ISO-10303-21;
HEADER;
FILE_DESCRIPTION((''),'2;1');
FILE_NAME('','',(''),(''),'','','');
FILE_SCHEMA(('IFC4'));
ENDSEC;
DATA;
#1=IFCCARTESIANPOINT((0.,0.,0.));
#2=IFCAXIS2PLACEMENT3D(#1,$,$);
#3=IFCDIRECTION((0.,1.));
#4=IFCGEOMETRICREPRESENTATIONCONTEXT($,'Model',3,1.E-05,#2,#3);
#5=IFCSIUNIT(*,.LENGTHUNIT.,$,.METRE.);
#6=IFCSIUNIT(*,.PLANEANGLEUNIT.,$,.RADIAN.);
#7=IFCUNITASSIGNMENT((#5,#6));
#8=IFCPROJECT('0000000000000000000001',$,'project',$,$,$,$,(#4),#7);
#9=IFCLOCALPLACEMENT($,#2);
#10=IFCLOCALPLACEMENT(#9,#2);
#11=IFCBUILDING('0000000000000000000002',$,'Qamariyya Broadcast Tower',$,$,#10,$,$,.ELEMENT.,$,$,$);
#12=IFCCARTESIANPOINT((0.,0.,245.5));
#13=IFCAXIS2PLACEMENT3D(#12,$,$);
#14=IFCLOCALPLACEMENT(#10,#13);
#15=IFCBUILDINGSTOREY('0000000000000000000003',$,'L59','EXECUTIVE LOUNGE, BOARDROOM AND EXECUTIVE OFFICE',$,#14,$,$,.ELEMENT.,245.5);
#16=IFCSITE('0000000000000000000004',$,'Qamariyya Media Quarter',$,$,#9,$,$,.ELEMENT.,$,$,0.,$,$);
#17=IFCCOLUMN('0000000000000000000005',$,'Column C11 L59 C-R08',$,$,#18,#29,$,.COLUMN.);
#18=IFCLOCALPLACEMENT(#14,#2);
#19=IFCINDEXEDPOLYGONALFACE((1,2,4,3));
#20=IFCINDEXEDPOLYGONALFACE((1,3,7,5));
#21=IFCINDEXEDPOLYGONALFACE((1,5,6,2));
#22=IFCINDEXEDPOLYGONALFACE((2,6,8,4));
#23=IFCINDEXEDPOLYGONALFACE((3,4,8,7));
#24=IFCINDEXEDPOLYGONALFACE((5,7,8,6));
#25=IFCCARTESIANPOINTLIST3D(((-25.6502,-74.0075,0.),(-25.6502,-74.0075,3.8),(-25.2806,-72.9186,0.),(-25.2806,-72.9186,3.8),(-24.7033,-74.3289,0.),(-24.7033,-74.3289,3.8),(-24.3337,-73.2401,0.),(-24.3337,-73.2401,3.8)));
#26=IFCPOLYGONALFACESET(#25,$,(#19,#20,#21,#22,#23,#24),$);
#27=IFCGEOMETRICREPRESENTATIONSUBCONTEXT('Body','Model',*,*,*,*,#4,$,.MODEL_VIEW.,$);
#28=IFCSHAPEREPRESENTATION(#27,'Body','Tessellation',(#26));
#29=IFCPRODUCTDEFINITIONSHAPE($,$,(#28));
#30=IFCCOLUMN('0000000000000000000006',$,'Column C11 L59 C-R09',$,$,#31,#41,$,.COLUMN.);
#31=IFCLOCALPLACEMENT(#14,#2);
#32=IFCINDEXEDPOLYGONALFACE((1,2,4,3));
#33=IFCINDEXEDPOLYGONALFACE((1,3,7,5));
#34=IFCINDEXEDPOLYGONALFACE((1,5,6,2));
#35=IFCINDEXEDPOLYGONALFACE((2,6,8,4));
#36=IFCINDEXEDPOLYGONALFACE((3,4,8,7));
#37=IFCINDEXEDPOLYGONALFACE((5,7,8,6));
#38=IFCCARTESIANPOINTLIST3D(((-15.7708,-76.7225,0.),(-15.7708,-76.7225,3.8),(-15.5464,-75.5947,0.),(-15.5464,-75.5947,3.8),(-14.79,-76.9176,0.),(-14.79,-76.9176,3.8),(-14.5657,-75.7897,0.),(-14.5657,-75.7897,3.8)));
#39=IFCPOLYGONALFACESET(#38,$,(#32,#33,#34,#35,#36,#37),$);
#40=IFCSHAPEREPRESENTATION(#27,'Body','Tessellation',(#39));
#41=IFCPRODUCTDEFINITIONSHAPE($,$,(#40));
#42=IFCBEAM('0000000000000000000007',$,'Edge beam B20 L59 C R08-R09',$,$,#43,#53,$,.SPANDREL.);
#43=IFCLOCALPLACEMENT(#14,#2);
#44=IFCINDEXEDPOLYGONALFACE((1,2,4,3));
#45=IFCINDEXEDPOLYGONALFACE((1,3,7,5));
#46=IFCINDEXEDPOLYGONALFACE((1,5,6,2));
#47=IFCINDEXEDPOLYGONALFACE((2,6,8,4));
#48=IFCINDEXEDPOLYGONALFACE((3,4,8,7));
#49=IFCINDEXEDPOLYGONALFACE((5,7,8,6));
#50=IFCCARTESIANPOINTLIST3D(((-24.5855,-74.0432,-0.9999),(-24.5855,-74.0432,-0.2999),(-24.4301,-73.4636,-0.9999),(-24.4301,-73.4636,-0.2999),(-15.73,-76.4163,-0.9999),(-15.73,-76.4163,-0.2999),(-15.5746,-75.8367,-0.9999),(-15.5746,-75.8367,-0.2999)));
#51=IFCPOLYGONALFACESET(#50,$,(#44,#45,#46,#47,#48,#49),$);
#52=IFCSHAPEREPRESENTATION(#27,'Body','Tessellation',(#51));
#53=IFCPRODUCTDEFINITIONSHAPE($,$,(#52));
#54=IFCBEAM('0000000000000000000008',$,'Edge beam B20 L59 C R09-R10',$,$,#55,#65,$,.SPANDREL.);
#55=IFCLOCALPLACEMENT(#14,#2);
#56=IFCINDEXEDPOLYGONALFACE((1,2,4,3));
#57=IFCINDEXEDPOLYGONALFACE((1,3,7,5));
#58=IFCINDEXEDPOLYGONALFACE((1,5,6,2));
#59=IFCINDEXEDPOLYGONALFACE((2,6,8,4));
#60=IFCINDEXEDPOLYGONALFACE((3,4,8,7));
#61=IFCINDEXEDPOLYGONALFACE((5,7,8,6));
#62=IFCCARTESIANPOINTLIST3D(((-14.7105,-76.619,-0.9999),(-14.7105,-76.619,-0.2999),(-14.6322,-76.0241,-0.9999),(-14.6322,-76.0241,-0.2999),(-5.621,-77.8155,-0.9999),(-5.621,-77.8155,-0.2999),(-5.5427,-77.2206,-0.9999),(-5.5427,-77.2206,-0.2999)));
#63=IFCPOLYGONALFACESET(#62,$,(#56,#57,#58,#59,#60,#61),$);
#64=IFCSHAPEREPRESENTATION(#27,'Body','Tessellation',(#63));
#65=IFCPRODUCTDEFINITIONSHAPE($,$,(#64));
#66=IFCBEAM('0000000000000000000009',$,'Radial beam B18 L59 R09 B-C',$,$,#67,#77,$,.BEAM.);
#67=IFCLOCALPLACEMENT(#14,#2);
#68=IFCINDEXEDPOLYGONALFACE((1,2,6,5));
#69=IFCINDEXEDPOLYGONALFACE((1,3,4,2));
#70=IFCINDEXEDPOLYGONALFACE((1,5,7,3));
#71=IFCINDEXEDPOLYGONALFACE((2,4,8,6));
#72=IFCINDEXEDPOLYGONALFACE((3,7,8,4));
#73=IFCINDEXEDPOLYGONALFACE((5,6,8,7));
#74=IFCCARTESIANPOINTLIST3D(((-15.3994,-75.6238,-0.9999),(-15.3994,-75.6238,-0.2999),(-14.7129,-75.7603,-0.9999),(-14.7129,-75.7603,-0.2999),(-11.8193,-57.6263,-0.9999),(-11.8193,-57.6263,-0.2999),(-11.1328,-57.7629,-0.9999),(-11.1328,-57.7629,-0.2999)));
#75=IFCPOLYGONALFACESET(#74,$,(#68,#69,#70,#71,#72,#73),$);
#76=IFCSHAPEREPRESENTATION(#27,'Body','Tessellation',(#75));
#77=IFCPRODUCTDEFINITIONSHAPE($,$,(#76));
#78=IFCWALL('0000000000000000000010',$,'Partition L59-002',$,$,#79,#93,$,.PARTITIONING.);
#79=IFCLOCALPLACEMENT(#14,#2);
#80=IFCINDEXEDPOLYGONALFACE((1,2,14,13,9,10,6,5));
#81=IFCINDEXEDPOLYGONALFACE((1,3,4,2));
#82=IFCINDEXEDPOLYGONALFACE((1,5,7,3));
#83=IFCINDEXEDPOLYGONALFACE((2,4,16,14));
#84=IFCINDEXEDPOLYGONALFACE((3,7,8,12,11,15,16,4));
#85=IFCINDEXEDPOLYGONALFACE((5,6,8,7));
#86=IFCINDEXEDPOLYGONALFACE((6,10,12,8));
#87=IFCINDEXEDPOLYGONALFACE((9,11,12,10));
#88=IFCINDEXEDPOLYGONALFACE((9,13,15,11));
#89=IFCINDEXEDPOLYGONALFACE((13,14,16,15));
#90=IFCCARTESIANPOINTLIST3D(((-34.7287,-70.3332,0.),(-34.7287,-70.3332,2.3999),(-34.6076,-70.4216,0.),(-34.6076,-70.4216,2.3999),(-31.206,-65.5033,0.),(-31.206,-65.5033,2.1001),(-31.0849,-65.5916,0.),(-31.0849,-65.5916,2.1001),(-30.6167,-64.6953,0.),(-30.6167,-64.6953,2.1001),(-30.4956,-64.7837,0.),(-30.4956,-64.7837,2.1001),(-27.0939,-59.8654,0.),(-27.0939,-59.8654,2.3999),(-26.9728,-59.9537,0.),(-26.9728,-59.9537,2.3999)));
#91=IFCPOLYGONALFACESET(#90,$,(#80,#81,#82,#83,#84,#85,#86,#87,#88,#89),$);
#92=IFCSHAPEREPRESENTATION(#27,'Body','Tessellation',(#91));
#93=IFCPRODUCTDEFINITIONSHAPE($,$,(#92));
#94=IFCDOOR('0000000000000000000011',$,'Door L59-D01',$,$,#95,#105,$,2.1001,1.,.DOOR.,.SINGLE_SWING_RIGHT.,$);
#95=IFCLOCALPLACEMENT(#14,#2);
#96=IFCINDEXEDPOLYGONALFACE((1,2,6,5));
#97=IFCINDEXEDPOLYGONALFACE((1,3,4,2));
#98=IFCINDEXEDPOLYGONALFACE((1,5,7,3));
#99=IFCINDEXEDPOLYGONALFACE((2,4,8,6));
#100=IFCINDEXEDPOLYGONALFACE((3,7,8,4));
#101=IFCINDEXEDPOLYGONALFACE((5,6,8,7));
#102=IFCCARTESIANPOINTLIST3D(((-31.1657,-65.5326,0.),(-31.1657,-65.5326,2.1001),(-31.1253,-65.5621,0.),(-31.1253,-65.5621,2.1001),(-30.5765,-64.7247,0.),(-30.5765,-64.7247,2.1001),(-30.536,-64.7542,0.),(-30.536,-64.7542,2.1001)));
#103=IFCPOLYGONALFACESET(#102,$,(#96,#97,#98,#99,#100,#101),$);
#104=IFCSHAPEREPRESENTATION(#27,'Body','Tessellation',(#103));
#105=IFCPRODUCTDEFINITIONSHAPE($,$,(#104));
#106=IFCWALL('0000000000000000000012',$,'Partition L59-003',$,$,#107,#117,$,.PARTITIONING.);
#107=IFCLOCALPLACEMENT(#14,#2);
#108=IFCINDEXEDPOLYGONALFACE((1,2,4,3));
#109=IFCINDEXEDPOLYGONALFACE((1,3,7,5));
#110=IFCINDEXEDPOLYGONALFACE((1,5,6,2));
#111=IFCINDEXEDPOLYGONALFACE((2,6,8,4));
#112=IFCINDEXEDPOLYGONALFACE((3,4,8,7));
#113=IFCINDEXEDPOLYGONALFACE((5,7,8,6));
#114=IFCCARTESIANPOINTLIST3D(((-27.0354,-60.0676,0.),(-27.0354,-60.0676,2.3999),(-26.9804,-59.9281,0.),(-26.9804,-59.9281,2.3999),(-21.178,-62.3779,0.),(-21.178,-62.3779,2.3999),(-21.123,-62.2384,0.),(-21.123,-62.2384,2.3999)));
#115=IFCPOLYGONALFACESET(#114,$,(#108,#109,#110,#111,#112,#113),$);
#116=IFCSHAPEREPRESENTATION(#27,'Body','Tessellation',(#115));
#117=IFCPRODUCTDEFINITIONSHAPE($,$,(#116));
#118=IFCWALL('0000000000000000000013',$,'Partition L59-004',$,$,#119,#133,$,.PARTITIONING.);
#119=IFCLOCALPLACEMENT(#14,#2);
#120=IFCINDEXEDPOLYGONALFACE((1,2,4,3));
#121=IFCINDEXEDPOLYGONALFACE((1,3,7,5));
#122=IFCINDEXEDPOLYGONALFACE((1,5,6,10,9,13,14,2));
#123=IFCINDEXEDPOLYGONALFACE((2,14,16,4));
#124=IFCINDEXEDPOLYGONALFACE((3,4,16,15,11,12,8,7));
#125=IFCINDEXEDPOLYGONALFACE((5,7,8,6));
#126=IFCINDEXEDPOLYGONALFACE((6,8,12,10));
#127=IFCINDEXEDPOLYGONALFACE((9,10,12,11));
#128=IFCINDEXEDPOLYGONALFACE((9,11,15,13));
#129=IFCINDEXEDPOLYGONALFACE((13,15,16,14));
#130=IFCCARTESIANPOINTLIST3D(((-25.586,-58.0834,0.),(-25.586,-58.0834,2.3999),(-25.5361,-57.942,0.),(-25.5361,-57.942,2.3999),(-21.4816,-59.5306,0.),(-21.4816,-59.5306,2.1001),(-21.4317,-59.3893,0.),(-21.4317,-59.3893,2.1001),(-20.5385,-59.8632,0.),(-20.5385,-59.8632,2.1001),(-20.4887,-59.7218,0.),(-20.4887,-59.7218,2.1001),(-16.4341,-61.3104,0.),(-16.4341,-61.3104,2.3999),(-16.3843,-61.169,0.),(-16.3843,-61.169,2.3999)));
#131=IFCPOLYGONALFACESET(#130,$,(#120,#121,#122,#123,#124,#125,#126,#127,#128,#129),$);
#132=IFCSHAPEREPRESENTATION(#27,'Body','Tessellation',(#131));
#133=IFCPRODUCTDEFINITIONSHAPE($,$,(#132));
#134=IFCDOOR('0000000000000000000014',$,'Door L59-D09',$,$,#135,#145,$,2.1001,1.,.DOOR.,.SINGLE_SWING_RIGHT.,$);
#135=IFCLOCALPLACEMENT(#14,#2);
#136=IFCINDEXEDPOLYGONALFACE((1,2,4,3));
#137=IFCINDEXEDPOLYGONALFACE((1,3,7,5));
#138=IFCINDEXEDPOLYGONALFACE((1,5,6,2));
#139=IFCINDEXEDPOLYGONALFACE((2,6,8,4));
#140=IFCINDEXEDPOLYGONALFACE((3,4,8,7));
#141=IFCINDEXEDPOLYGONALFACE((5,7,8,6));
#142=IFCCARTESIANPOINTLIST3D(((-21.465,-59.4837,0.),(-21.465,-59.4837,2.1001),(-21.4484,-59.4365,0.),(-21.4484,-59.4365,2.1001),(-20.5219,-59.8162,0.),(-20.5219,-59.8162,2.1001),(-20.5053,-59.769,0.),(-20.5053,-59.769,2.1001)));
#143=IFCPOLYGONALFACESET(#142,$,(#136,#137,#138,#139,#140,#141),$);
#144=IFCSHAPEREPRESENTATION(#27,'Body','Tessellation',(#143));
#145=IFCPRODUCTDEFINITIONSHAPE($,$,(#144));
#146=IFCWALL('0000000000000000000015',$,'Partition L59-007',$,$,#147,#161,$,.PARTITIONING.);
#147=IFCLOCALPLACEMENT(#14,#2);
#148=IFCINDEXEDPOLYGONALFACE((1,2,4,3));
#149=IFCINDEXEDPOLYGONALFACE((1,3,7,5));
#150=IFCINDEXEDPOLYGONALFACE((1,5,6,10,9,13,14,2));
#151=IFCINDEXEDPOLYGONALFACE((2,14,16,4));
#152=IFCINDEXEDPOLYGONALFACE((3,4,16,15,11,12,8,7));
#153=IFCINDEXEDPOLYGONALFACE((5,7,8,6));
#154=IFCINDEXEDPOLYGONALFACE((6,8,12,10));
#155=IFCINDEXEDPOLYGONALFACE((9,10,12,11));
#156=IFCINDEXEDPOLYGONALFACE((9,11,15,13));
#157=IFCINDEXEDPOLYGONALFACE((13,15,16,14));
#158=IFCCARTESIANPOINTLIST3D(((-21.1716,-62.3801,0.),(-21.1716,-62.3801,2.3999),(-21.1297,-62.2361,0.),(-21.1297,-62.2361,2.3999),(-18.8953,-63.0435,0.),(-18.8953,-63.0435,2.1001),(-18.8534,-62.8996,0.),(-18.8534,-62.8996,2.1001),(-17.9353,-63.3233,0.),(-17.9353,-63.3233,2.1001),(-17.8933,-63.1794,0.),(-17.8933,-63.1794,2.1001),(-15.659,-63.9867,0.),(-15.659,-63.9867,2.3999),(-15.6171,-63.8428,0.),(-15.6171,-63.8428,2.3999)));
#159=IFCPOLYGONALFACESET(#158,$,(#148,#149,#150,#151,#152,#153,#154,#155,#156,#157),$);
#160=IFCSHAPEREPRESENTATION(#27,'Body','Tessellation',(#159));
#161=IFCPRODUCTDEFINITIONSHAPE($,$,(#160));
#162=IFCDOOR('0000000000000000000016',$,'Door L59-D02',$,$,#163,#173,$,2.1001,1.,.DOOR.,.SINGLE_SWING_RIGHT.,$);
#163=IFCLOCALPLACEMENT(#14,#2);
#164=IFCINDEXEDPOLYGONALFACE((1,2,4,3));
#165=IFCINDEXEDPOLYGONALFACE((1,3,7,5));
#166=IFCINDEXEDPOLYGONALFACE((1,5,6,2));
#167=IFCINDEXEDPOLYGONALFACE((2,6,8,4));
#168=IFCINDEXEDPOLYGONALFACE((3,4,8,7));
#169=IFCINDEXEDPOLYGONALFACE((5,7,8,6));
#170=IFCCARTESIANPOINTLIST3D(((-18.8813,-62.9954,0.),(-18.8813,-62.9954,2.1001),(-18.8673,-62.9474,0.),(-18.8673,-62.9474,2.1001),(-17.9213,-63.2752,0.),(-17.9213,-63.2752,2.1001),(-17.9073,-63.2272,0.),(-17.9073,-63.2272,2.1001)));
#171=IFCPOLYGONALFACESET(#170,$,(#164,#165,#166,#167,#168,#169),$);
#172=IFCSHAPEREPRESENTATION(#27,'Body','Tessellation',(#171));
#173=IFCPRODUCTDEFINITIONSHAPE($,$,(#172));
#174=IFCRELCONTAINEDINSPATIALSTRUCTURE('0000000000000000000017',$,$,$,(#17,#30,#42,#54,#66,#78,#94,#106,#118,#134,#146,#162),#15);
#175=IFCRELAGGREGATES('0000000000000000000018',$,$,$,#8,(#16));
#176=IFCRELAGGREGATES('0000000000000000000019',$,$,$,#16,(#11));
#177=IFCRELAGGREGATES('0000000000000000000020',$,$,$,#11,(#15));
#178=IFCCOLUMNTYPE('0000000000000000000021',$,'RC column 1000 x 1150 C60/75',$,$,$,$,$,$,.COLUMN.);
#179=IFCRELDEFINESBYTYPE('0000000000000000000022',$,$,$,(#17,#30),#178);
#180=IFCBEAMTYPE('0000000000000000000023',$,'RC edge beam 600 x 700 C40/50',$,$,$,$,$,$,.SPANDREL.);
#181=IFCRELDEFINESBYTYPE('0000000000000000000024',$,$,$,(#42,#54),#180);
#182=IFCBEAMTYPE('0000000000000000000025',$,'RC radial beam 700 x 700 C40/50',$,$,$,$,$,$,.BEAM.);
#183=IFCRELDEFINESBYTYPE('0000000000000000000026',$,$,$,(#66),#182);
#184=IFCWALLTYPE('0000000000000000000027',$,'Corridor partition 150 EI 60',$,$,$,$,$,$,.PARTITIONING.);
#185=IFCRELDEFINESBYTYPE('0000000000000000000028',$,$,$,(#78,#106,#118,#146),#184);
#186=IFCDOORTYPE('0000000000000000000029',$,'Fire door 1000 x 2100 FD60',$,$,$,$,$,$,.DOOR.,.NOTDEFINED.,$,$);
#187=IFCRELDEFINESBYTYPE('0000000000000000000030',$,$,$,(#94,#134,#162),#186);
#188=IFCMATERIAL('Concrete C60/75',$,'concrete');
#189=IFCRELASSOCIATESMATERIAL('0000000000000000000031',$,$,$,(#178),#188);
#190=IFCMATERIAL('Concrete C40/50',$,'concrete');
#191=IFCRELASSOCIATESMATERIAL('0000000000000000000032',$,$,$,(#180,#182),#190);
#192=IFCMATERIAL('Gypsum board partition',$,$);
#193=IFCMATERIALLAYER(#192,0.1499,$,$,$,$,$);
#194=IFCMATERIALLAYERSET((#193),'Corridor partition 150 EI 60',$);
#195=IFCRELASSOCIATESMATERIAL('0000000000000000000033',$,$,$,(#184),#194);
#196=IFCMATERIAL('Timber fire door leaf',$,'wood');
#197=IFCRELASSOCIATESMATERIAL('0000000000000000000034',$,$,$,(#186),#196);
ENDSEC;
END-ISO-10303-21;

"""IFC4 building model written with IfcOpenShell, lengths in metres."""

from ifc_helpers import new_model, si_unit, direction, frame, frame_2d, origin, origin_2d, place, context, subcontext, project, spatial, rectangle, extrude, material, layer, layer_set, material_profile, profile_set, type_object, element, fill, save


model = new_model("IFC4")

# Units and contexts
model_context = context("Model", 3, precision=1e-05, world=origin(), true_north=direction((0.0, 1.0)))
body_context = subcontext(model_context, "Body", "Model", "MODEL_VIEW")
ifc_project = project(units=[si_unit("LENGTHUNIT", "METRE"), si_unit("PLANEANGLEUNIT", "RADIAN")], contexts=[model_context])

# Site, building, storey
site_placement = place(None, origin())
site = spatial("IfcSite", under=ifc_project, at=site_placement, Name="Qamariyya Media Quarter", CompositionType="ELEMENT", RefElevation=0.0)
building_placement = place(site_placement, origin())
building = spatial("IfcBuilding", under=site, at=building_placement, Name="Qamariyya Broadcast Tower", CompositionType="ELEMENT")
storey_placement = place(building_placement, frame((0.0, 0.0, 245.5)))
storey = spatial("IfcBuildingStorey", under=building, at=storey_placement, Name="L59", Description="EXECUTIVE LOUNGE, BOARDROOM AND EXECUTIVE OFFICE", CompositionType="ELEMENT", Elevation=245.5)

# Columns
ifc_material_1 = material(Name="Concrete C60/75", Category="concrete")
ifc_material_profile_1 = material_profile(ifc_material_1, rectangle(XDim=1.0, YDim=1.1499, at=origin_2d()))
ifc_profile_set_1 = profile_set([ifc_material_profile_1], Name="Concrete C60/75")
column_type = type_object("IfcColumnType", Name="RC column 1000 x 1150 C60/75", PredefinedType="COLUMN", material=ifc_profile_set_1)
for number, where, z_axis, x_axis, name in (
    (1, (-24.9919, -73.6238, 0.0), (0.0, 0.0, 1.0), (0.94693, -0.321439, 0.0), "Column C11 L59 C-R08"),
    (2, (-15.1682, -76.2561, 0.0), (0.0, 0.0, 1.0), (0.980785, -0.19509, 0.0), "Column C11 L59 C-R09"),
):
    element("IfcColumn", number, at=place(storey_placement, frame(where, z_axis=z_axis, x_axis=x_axis)), inside=storey, type_object=column_type, Name=name, PredefinedType="COLUMN", context=body_context, shape_type="SweptSolid", body=[
        extrude(rectangle(XDim=1.0, YDim=1.1499, at=origin_2d()), origin(), (0.0, 0.0, 1.0), 3.8),
    ])

# Beams
ifc_material_2 = material(Name="Concrete C40/50", Category="concrete")
ifc_material_profile_2 = material_profile(ifc_material_2, rectangle(XDim=0.6001, YDim=0.7, at=origin_2d()))
ifc_profile_set_2 = profile_set([ifc_material_profile_2], Name="Concrete C40/50")
beam_type_1 = type_object("IfcBeamType", Name="RC edge beam 600 x 700 C40/50", PredefinedType="SPANDREL", material=ifc_profile_set_2)
for number, where, z_axis, x_axis, name in (
    (3, (-24.5078, -73.7534, -0.6499), (0.96592, -0.258843, 0.0), (0.258843, 0.96592, 0.0), "Edge beam B20 L59 C R08-R09"),
    (4, (-14.6714, -76.3215, -0.6499), (0.991447, -0.130512, 0.0), (0.130512, 0.991447, 0.0), "Edge beam B20 L59 C R09-R10"),
):
    element("IfcBeam", number, at=place(storey_placement, frame(where, z_axis=z_axis, x_axis=x_axis)), inside=storey, type_object=beam_type_1, Name=name, PredefinedType="SPANDREL", context=body_context, shape_type="SweptSolid", body=[
        extrude(rectangle(XDim=0.6001, YDim=0.7, at=origin_2d()), origin(), (0.0, 0.0, 1.0), 9.168),
    ])
ifc_material_profile_3 = material_profile(ifc_material_2, rectangle(XDim=0.7, YDim=0.7, at=origin_2d()))
ifc_profile_set_3 = profile_set([ifc_material_profile_3], Name="Concrete C40/50")
beam_type_2 = type_object("IfcBeamType", Name="RC radial beam 700 x 700 C40/50", PredefinedType="BEAM", material=ifc_profile_set_3)
beam_placement = place(storey_placement, frame((-11.4761, -57.6946, -0.6499), z_axis=(-0.195098, -0.980784, 0.0), x_axis=(0.980784, -0.195098, 0.0)))
element("IfcBeam", 5, at=beam_placement, inside=storey, type_object=beam_type_2, Name="Radial beam B18 L59 R09 B-C", PredefinedType="BEAM", context=body_context, shape_type="SweptSolid", body=[
    extrude(rectangle(XDim=0.7, YDim=0.7, at=origin_2d()), origin(), (0.0, 0.0, 1.0), 18.3501),
])

# Wall, opening, door
ifc_material_3 = material(Name="Gypsum board partition")
ifc_layer_1 = layer(ifc_material_3, 0.1499)
ifc_layer_set_1 = layer_set([ifc_layer_1], Name="Corridor partition 150 EI 60")
wall_type_1 = type_object("IfcWallType", Name="Corridor partition 150 EI 60", PredefinedType="PARTITIONING", material=ifc_layer_set_1)
wall_1_placement = place(storey_placement, frame((-27.0334, -59.9097, 0.0), z_axis=(0.0, 0.0, 1.0), x_axis=(-0.589274, -0.807934, 0.0)))
wall_1 = element("IfcWall", 6, at=wall_1_placement, inside=storey, type_object=wall_type_1, Name="Partition L59-002", PredefinedType="PARTITIONING", context=body_context, shape_type="SweptSolid", body=[
    extrude(rectangle(XDim=12.9563, YDim=0.1499, at=frame_2d((6.478, 0.0))), origin(), (0.0, 0.0, 1.0), 2.3999),
])
opening_1_placement = place(wall_1_placement, frame((5.978, 0.0, 0.0)))
opening_1 = element("IfcOpeningElement", 7, at=opening_1_placement, cuts=wall_1, PredefinedType="OPENING", context=body_context, shape_type="SweptSolid", body=[
    extrude(rectangle(XDim=1.0, YDim=2.1001, at=frame_2d((0.5, 1.05))), frame((0.0, 0.085, 0.0), z_axis=(0.0, -1.0, 0.0), x_axis=(1.0, 0.0, 0.0)), (0.0, 0.0, 1.0), 0.1699),
])
ifc_material_4 = material(Name="Timber fire door leaf", Category="wood")
door_type_1 = type_object("IfcDoorType", Name="Fire door 1000 x 2100 FD60", OperationType="NOTDEFINED", PredefinedType="DOOR", material=ifc_material_4)
door_1_placement = place(opening_1_placement, origin())
door_1 = element("IfcDoor", 8, at=door_1_placement, inside=storey, type_object=door_type_1, Name="Door L59-D01", OperationType="SINGLE_SWING_RIGHT", OverallHeight=2.1001, OverallWidth=1.0, PredefinedType="DOOR", context=body_context, shape_type="SweptSolid", body=[
    extrude(rectangle(XDim=1.0, YDim=2.1001, at=frame_2d((0.5, 1.05))), frame((0.0, 0.0249, 0.0), z_axis=(0.0, -1.0, 0.0), x_axis=(1.0, 0.0, 0.0)), (0.0, 0.0, 1.0), 0.05),
])
fill(opening_1, door_1)

# Wall
wall_2_placement = place(storey_placement, frame((-27.0081, -59.9978, 0.0), z_axis=(0.0, 0.0, 1.0), x_axis=(0.930255, -0.366914, 0.0)))
element("IfcWall", 9, at=wall_2_placement, inside=storey, type_object=wall_type_1, Name="Partition L59-003", PredefinedType="PARTITIONING", context=body_context, shape_type="SweptSolid", body=[
    extrude(rectangle(XDim=6.2966, YDim=0.1499, at=frame_2d((3.1484, 0.0))), origin(), (0.0, 0.0, 1.0), 2.3999),
])

# Walls, openings, doors
wall_3_placement = place(storey_placement, frame((-25.561, -58.0127, 0.0), z_axis=(0.0, 0.0, 1.0), x_axis=(0.943088, -0.332544, 0.0)))
wall_3 = element("IfcWall", 10, at=wall_3_placement, inside=storey, type_object=wall_type_1, Name="Partition L59-004", PredefinedType="PARTITIONING", context=body_context, shape_type="SweptSolid", body=[
    extrude(rectangle(XDim=9.7041, YDim=0.1499, at=frame_2d((4.8521, 0.0))), origin(), (0.0, 0.0, 1.0), 2.3999),
])
opening_2_placement = place(wall_3_placement, frame((4.3521, 0.0, 0.0)))
opening_2 = element("IfcOpeningElement", 11, at=opening_2_placement, cuts=wall_3, PredefinedType="OPENING", context=body_context, shape_type="SweptSolid", body=[
    extrude(rectangle(XDim=1.0, YDim=2.1001, at=frame_2d((0.5, 1.05))), frame((0.0, 0.085, 0.0), z_axis=(0.0, -1.0, 0.0), x_axis=(1.0, 0.0, 0.0)), (0.0, 0.0, 1.0), 0.1699),
])
door_2_placement = place(opening_2_placement, origin())
door_2 = element("IfcDoor", 12, at=door_2_placement, inside=storey, type_object=door_type_1, Name="Door L59-D09", OperationType="SINGLE_SWING_RIGHT", OverallHeight=2.1001, OverallWidth=1.0, PredefinedType="DOOR", context=body_context, shape_type="SweptSolid", body=[
    extrude(rectangle(XDim=1.0, YDim=2.1001, at=frame_2d((0.5, 1.05))), frame((0.0, 0.0249, 0.0), z_axis=(0.0, -1.0, 0.0), x_axis=(1.0, 0.0, 0.0)), (0.0, 0.0, 1.0), 0.05),
])
fill(opening_2, door_2)
wall_4_placement = place(storey_placement, frame((-15.6379, -63.9148, 0.0), z_axis=(0.0, 0.0, 1.0), x_axis=(-0.960055, 0.279811, 0.0)))
wall_4 = element("IfcWall", 13, at=wall_4_placement, inside=storey, type_object=wall_type_1, Name="Partition L59-007", PredefinedType="PARTITIONING", context=body_context, shape_type="SweptSolid", body=[
    extrude(rectangle(XDim=5.7419, YDim=0.1499, at=frame_2d((2.8711, 0.0))), origin(), (0.0, 0.0, 1.0), 2.3999),
])
opening_3_placement = place(wall_4_placement, frame((2.3711, 0.0, 0.0)))
opening_3 = element("IfcOpeningElement", 14, at=opening_3_placement, cuts=wall_4, PredefinedType="OPENING", context=body_context, shape_type="SweptSolid", body=[
    extrude(rectangle(XDim=1.0, YDim=2.1001, at=frame_2d((0.5, 1.05))), frame((0.0, 0.085, 0.0), z_axis=(0.0, -1.0, 0.0), x_axis=(1.0, 0.0, 0.0)), (0.0, 0.0, 1.0), 0.1699),
])
door_3_placement = place(opening_3_placement, origin())
door_3 = element("IfcDoor", 15, at=door_3_placement, inside=storey, type_object=door_type_1, Name="Door L59-D02", OperationType="SINGLE_SWING_RIGHT", OverallHeight=2.1001, OverallWidth=1.0, PredefinedType="DOOR", context=body_context, shape_type="SweptSolid", body=[
    extrude(rectangle(XDim=1.0, YDim=2.1001, at=frame_2d((0.5, 1.05))), frame((0.0, 0.0249, 0.0), z_axis=(0.0, -1.0, 0.0), x_axis=(1.0, 0.0, 0.0)), (0.0, 0.0, 1.0), 0.05),
])
fill(opening_3, door_3)

save(model, "model.ifc")
